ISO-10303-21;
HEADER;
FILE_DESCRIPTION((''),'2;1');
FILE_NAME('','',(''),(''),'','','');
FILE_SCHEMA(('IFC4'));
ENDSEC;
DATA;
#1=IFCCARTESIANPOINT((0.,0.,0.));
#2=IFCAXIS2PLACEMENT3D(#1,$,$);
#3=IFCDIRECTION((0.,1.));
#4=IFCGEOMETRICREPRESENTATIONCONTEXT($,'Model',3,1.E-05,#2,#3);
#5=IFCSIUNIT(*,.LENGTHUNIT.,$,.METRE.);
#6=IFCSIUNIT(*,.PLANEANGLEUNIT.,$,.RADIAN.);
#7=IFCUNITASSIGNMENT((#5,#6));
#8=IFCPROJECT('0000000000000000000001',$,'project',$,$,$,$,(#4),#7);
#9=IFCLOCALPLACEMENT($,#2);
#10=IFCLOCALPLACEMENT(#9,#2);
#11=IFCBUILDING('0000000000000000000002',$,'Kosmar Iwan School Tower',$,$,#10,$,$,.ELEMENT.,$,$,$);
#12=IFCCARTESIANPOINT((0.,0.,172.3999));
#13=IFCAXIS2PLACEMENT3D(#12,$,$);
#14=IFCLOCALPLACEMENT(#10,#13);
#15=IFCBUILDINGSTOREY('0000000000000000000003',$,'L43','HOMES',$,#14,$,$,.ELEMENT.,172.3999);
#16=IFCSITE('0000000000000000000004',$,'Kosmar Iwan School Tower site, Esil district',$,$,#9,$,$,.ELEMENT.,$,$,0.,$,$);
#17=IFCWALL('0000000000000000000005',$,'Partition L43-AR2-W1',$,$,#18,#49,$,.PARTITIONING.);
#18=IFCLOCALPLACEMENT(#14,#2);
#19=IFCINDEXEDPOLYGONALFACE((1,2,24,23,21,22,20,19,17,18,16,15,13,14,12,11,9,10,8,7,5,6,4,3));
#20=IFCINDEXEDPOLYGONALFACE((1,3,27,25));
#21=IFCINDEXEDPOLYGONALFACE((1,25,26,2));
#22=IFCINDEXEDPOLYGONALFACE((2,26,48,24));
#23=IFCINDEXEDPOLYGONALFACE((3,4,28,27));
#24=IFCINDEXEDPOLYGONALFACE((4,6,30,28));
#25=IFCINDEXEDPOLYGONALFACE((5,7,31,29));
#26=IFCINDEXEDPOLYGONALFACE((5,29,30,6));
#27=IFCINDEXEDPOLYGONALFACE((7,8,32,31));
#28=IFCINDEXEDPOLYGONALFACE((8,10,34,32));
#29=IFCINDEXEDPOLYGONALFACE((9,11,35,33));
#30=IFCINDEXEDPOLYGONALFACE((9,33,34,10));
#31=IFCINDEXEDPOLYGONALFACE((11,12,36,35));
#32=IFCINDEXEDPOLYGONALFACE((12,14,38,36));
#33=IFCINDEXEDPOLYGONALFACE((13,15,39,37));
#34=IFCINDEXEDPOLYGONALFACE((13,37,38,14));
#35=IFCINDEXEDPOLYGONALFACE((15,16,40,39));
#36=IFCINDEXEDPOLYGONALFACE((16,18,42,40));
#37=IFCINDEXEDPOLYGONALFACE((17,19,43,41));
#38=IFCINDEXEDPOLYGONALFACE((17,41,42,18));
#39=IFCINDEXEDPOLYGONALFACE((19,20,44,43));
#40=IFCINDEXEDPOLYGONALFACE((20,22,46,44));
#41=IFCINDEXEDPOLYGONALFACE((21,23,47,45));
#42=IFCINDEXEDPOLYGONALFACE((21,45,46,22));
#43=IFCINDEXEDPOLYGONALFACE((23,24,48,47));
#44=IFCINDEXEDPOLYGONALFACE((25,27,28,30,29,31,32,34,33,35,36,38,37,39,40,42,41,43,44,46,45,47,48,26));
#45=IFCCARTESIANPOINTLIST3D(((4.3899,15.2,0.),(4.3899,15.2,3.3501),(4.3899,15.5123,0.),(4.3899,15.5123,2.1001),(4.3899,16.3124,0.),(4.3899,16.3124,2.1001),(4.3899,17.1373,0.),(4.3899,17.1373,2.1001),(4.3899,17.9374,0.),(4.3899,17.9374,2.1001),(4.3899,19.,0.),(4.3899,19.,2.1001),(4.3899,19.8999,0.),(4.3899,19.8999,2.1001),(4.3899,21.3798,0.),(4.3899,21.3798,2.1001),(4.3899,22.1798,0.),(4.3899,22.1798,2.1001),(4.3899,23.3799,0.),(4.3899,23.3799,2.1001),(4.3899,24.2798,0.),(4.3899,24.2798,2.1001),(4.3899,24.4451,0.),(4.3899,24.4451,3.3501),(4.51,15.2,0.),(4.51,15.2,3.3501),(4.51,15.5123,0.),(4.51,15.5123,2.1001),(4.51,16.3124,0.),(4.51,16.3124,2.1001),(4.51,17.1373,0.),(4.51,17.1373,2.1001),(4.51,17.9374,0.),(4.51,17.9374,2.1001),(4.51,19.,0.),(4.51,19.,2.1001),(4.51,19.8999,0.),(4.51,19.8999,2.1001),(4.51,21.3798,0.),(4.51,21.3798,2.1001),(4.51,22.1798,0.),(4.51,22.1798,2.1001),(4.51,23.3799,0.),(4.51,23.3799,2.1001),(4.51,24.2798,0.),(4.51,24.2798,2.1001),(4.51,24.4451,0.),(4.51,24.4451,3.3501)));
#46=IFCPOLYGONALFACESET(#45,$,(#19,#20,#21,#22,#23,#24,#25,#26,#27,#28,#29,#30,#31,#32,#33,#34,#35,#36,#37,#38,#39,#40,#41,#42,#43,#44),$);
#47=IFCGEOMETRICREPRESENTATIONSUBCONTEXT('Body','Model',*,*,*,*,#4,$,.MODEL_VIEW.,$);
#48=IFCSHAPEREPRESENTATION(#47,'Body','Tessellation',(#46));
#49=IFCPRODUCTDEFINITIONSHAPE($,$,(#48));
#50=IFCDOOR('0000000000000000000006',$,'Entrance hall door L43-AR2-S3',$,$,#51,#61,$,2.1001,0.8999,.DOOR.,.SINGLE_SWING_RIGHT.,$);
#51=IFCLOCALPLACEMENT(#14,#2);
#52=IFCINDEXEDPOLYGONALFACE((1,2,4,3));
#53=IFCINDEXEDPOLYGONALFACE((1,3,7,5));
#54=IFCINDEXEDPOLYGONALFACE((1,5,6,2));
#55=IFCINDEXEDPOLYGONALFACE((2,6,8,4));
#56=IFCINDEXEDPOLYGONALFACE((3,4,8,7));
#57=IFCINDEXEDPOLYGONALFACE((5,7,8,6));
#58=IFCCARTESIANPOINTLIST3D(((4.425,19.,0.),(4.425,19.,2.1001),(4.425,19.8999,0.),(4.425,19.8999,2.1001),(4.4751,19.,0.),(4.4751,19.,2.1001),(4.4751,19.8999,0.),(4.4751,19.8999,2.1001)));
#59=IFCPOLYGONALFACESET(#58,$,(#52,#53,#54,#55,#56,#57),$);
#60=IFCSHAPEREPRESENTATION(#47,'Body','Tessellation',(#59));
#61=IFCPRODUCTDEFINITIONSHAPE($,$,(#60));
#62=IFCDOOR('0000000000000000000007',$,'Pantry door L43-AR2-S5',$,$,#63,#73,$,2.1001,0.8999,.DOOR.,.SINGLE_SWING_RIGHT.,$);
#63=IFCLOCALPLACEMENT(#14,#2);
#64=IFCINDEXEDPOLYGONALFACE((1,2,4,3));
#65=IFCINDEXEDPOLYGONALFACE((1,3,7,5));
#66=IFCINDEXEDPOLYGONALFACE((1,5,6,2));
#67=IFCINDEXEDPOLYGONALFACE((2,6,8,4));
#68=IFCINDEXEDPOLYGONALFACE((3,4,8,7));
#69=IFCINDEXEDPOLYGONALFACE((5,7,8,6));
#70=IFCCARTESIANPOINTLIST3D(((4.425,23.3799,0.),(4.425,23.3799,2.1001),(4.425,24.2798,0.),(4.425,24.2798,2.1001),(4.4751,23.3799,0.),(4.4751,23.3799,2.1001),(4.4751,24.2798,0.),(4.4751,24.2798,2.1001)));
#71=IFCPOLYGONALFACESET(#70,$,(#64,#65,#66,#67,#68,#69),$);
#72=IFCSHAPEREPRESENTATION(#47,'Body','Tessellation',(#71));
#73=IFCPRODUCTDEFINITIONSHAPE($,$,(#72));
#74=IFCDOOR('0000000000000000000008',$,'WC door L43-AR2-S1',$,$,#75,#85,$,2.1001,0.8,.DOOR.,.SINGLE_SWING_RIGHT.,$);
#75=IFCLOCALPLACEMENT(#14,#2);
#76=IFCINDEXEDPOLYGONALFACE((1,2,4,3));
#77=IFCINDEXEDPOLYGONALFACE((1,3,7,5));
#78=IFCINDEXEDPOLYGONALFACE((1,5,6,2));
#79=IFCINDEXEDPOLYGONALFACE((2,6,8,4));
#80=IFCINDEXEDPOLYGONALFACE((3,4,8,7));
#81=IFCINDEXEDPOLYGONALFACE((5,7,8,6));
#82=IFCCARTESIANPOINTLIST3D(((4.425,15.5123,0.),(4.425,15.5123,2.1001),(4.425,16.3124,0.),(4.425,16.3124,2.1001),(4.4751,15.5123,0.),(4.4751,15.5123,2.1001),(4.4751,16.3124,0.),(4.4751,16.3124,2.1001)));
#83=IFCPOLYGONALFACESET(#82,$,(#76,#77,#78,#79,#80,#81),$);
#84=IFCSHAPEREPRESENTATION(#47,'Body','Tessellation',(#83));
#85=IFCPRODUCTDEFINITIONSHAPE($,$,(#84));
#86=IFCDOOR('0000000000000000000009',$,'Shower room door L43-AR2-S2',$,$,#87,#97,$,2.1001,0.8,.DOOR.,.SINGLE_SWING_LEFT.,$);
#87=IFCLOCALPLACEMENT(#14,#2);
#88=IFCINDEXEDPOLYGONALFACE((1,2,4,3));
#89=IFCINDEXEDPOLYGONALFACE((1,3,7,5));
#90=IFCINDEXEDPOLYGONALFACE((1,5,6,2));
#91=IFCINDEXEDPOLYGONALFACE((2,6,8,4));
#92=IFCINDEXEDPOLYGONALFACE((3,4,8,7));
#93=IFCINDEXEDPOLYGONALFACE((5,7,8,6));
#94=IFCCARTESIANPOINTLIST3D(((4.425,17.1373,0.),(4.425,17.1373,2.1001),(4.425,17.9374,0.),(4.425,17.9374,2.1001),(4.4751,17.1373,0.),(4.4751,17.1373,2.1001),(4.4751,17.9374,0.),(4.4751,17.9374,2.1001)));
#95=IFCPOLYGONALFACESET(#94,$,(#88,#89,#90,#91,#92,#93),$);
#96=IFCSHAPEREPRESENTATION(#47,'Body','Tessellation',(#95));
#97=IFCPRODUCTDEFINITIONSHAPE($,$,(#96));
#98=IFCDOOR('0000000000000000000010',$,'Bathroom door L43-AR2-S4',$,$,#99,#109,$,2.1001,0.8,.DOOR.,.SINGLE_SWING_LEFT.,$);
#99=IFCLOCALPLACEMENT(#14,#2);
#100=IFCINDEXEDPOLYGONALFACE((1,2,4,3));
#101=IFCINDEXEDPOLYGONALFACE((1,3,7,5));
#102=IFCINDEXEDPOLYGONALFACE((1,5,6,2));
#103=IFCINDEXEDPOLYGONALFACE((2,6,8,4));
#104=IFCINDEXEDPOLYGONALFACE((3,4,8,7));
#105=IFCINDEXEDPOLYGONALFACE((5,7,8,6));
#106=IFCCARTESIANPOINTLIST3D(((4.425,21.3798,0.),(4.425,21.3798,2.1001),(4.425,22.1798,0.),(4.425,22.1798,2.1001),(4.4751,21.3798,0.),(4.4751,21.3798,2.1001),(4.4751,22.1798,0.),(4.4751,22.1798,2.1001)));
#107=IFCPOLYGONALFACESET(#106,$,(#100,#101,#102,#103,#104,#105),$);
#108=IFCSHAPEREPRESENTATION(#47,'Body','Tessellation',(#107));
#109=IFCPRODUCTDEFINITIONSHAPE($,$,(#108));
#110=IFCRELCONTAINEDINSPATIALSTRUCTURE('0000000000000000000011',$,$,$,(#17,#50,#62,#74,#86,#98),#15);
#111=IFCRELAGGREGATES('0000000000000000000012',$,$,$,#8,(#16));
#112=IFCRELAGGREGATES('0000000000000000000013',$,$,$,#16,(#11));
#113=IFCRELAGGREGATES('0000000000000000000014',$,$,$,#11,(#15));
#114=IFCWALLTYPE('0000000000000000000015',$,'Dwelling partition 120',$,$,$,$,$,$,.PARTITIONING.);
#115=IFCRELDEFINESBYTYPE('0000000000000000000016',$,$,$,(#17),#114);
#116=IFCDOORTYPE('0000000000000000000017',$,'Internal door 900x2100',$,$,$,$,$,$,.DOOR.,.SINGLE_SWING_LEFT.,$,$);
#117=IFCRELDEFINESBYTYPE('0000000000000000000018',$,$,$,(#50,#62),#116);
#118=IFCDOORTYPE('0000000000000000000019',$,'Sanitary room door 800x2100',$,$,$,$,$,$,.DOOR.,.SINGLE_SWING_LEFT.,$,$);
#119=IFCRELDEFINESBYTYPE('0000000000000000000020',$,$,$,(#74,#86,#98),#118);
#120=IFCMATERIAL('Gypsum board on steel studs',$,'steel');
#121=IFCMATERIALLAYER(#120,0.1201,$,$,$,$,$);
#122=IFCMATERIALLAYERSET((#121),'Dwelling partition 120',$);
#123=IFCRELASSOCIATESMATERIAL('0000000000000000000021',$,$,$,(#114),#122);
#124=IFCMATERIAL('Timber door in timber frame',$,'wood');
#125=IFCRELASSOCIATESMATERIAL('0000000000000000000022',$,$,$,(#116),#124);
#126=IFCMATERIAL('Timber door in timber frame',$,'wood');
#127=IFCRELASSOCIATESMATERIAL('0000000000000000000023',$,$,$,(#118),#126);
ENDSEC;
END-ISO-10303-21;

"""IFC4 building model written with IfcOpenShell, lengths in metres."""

from ifc_helpers import new_model, si_unit, direction, frame, frame_2d, origin, place, context, subcontext, project, spatial, rectangle, extrude, material, layer, layer_set, type_object, element, fill, save


model = new_model("IFC4")

# Units and contexts
model_context = context("Model", 3, precision=1e-05, world=origin(), true_north=direction((0.0, 1.0)))
body_context = subcontext(model_context, "Body", "Model", "MODEL_VIEW")
ifc_project = project(units=[si_unit("LENGTHUNIT", "METRE"), si_unit("PLANEANGLEUNIT", "RADIAN")], contexts=[model_context])

# Site, building, storey
site_placement = place(None, origin())
site = spatial("IfcSite", under=ifc_project, at=site_placement, Name="Kosmar Iwan School Tower site, Esil district", CompositionType="ELEMENT", RefElevation=0.0)
building_placement = place(site_placement, origin())
building = spatial("IfcBuilding", under=site, at=building_placement, Name="Kosmar Iwan School Tower", CompositionType="ELEMENT")
storey_placement = place(building_placement, frame((0.0, 0.0, 172.3999)))
storey = spatial("IfcBuildingStorey", under=building, at=storey_placement, Name="L43", Description="HOMES", CompositionType="ELEMENT", Elevation=172.3999)

# Shared definitions
ifc_material_1 = material(Name="Gypsum board on steel studs", Category="steel")
ifc_layer_1 = layer(ifc_material_1, 0.1201)
ifc_layer_set_1 = layer_set([ifc_layer_1], Name="Dwelling partition 120")
wall_type_1 = type_object("IfcWallType", Name="Dwelling partition 120", PredefinedType="PARTITIONING", material=ifc_layer_set_1)

# Wall, openings, doors
wall_1_placement = place(storey_placement, frame((4.45, 15.2, 0.0), z_axis=(0.0, 0.0, 1.0), x_axis=(0.0, 1.0, 0.0)))
wall_1 = element("IfcWall", 1, at=wall_1_placement, inside=storey, type_object=wall_type_1, Name="Partition L43-AR2-W1", PredefinedType="PARTITIONING", context=body_context, shape_type="SweptSolid", body=[
    extrude(rectangle(XDim=9.2451, YDim=0.1201, at=frame_2d((4.6226, 0.0))), origin(), (0.0, 0.0, 1.0), 3.3501),
])
opening_1_placement = place(wall_1_placement, frame((0.3125, 0.0, 0.0)))
opening_1 = element("IfcOpeningElement", 2, at=opening_1_placement, cuts=wall_1, PredefinedType="OPENING", context=body_context, shape_type="SweptSolid", body=[
    extrude(rectangle(XDim=0.8, YDim=2.1001, at=frame_2d((0.3999, 1.05))), frame((0.0, 0.072, 0.0), z_axis=(0.0, -1.0, 0.0), x_axis=(1.0, 0.0, 0.0)), (0.0, 0.0, 1.0), 0.144),
])
opening_2_placement = place(wall_1_placement, frame((1.9375, 0.0, 0.0)))
opening_2 = element("IfcOpeningElement", 3, at=opening_2_placement, cuts=wall_1, PredefinedType="OPENING", context=body_context, shape_type="SweptSolid", body=[
    extrude(rectangle(XDim=0.8, YDim=2.1001, at=frame_2d((0.3999, 1.05))), frame((0.0, 0.072, 0.0), z_axis=(0.0, -1.0, 0.0), x_axis=(1.0, 0.0, 0.0)), (0.0, 0.0, 1.0), 0.144),
])
opening_3_placement = place(wall_1_placement, frame((3.8, 0.0, 0.0)))
opening_3 = element("IfcOpeningElement", 4, at=opening_3_placement, cuts=wall_1, PredefinedType="OPENING", context=body_context, shape_type="SweptSolid", body=[
    extrude(rectangle(XDim=0.8999, YDim=2.1001, at=frame_2d((0.45, 1.05))), frame((0.0, 0.072, 0.0), z_axis=(0.0, -1.0, 0.0), x_axis=(1.0, 0.0, 0.0)), (0.0, 0.0, 1.0), 0.144),
])
opening_4_placement = place(wall_1_placement, frame((6.1799, 0.0, 0.0)))
opening_4 = element("IfcOpeningElement", 5, at=opening_4_placement, cuts=wall_1, PredefinedType="OPENING", context=body_context, shape_type="SweptSolid", body=[
    extrude(rectangle(XDim=0.8, YDim=2.1001, at=frame_2d((0.3999, 1.05))), frame((0.0, 0.072, 0.0), z_axis=(0.0, -1.0, 0.0), x_axis=(1.0, 0.0, 0.0)), (0.0, 0.0, 1.0), 0.144),
])
opening_5_placement = place(wall_1_placement, frame((8.1799, 0.0, 0.0)))
opening_5 = element("IfcOpeningElement", 6, at=opening_5_placement, cuts=wall_1, PredefinedType="OPENING", context=body_context, shape_type="SweptSolid", body=[
    extrude(rectangle(XDim=0.8999, YDim=2.1001, at=frame_2d((0.45, 1.05))), frame((0.0, 0.072, 0.0), z_axis=(0.0, -1.0, 0.0), x_axis=(1.0, 0.0, 0.0)), (0.0, 0.0, 1.0), 0.144),
])
ifc_material_2 = material(Name="Timber door in timber frame", Category="wood")
door_type_1 = type_object("IfcDoorType", Name="Internal door 900x2100", OperationType="SINGLE_SWING_LEFT", PredefinedType="DOOR", material=ifc_material_2)
door_1_placement = place(opening_3_placement, origin())
door_1 = element("IfcDoor", 7, at=door_1_placement, inside=storey, type_object=door_type_1, Name="Entrance hall door L43-AR2-S3", OperationType="SINGLE_SWING_RIGHT", OverallHeight=2.1001, OverallWidth=0.8999, PredefinedType="DOOR", context=body_context, shape_type="SweptSolid", body=[
    extrude(rectangle(XDim=0.8999, YDim=2.1001, at=frame_2d((0.45, 1.05))), frame((0.0, 0.0249, 0.0), z_axis=(0.0, -1.0, 0.0), x_axis=(1.0, 0.0, 0.0)), (0.0, 0.0, 1.0), 0.05),
])
fill(opening_3, door_1)
door_2_placement = place(opening_5_placement, origin())
door_2 = element("IfcDoor", 8, at=door_2_placement, inside=storey, type_object=door_type_1, Name="Pantry door L43-AR2-S5", OperationType="SINGLE_SWING_RIGHT", OverallHeight=2.1001, OverallWidth=0.8999, PredefinedType="DOOR", context=body_context, shape_type="SweptSolid", body=[
    extrude(rectangle(XDim=0.8999, YDim=2.1001, at=frame_2d((0.45, 1.05))), frame((0.0, 0.0249, 0.0), z_axis=(0.0, -1.0, 0.0), x_axis=(1.0, 0.0, 0.0)), (0.0, 0.0, 1.0), 0.05),
])
fill(opening_5, door_2)
ifc_material_3 = material(Name="Timber door in timber frame", Category="wood")
door_type_2 = type_object("IfcDoorType", Name="Sanitary room door 800x2100", OperationType="SINGLE_SWING_LEFT", PredefinedType="DOOR", material=ifc_material_3)
door_3_placement = place(opening_1_placement, origin())
door_3 = element("IfcDoor", 9, at=door_3_placement, inside=storey, type_object=door_type_2, Name="WC door L43-AR2-S1", OperationType="SINGLE_SWING_RIGHT", OverallHeight=2.1001, OverallWidth=0.8, PredefinedType="DOOR", context=body_context, shape_type="SweptSolid", body=[
    extrude(rectangle(XDim=0.8, YDim=2.1001, at=frame_2d((0.3999, 1.05))), frame((0.0, 0.0249, 0.0), z_axis=(0.0, -1.0, 0.0), x_axis=(1.0, 0.0, 0.0)), (0.0, 0.0, 1.0), 0.05),
])
fill(opening_1, door_3)
door_4_placement = place(opening_2_placement, origin())
door_4 = element("IfcDoor", 10, at=door_4_placement, inside=storey, type_object=door_type_2, Name="Shower room door L43-AR2-S2", OperationType="SINGLE_SWING_LEFT", OverallHeight=2.1001, OverallWidth=0.8, PredefinedType="DOOR", context=body_context, shape_type="SweptSolid", body=[
    extrude(rectangle(XDim=0.8, YDim=2.1001, at=frame_2d((0.3999, 1.05))), frame((0.0, 0.0249, 0.0), z_axis=(0.0, -1.0, 0.0), x_axis=(1.0, 0.0, 0.0)), (0.0, 0.0, 1.0), 0.05),
])
fill(opening_2, door_4)
door_5_placement = place(opening_4_placement, origin())
door_5 = element("IfcDoor", 11, at=door_5_placement, inside=storey, type_object=door_type_2, Name="Bathroom door L43-AR2-S4", OperationType="SINGLE_SWING_LEFT", OverallHeight=2.1001, OverallWidth=0.8, PredefinedType="DOOR", context=body_context, shape_type="SweptSolid", body=[
    extrude(rectangle(XDim=0.8, YDim=2.1001, at=frame_2d((0.3999, 1.05))), frame((0.0, 0.0249, 0.0), z_axis=(0.0, -1.0, 0.0), x_axis=(1.0, 0.0, 0.0)), (0.0, 0.0, 1.0), 0.05),
])
fill(opening_4, door_5)

save(model, "model.ifc")
